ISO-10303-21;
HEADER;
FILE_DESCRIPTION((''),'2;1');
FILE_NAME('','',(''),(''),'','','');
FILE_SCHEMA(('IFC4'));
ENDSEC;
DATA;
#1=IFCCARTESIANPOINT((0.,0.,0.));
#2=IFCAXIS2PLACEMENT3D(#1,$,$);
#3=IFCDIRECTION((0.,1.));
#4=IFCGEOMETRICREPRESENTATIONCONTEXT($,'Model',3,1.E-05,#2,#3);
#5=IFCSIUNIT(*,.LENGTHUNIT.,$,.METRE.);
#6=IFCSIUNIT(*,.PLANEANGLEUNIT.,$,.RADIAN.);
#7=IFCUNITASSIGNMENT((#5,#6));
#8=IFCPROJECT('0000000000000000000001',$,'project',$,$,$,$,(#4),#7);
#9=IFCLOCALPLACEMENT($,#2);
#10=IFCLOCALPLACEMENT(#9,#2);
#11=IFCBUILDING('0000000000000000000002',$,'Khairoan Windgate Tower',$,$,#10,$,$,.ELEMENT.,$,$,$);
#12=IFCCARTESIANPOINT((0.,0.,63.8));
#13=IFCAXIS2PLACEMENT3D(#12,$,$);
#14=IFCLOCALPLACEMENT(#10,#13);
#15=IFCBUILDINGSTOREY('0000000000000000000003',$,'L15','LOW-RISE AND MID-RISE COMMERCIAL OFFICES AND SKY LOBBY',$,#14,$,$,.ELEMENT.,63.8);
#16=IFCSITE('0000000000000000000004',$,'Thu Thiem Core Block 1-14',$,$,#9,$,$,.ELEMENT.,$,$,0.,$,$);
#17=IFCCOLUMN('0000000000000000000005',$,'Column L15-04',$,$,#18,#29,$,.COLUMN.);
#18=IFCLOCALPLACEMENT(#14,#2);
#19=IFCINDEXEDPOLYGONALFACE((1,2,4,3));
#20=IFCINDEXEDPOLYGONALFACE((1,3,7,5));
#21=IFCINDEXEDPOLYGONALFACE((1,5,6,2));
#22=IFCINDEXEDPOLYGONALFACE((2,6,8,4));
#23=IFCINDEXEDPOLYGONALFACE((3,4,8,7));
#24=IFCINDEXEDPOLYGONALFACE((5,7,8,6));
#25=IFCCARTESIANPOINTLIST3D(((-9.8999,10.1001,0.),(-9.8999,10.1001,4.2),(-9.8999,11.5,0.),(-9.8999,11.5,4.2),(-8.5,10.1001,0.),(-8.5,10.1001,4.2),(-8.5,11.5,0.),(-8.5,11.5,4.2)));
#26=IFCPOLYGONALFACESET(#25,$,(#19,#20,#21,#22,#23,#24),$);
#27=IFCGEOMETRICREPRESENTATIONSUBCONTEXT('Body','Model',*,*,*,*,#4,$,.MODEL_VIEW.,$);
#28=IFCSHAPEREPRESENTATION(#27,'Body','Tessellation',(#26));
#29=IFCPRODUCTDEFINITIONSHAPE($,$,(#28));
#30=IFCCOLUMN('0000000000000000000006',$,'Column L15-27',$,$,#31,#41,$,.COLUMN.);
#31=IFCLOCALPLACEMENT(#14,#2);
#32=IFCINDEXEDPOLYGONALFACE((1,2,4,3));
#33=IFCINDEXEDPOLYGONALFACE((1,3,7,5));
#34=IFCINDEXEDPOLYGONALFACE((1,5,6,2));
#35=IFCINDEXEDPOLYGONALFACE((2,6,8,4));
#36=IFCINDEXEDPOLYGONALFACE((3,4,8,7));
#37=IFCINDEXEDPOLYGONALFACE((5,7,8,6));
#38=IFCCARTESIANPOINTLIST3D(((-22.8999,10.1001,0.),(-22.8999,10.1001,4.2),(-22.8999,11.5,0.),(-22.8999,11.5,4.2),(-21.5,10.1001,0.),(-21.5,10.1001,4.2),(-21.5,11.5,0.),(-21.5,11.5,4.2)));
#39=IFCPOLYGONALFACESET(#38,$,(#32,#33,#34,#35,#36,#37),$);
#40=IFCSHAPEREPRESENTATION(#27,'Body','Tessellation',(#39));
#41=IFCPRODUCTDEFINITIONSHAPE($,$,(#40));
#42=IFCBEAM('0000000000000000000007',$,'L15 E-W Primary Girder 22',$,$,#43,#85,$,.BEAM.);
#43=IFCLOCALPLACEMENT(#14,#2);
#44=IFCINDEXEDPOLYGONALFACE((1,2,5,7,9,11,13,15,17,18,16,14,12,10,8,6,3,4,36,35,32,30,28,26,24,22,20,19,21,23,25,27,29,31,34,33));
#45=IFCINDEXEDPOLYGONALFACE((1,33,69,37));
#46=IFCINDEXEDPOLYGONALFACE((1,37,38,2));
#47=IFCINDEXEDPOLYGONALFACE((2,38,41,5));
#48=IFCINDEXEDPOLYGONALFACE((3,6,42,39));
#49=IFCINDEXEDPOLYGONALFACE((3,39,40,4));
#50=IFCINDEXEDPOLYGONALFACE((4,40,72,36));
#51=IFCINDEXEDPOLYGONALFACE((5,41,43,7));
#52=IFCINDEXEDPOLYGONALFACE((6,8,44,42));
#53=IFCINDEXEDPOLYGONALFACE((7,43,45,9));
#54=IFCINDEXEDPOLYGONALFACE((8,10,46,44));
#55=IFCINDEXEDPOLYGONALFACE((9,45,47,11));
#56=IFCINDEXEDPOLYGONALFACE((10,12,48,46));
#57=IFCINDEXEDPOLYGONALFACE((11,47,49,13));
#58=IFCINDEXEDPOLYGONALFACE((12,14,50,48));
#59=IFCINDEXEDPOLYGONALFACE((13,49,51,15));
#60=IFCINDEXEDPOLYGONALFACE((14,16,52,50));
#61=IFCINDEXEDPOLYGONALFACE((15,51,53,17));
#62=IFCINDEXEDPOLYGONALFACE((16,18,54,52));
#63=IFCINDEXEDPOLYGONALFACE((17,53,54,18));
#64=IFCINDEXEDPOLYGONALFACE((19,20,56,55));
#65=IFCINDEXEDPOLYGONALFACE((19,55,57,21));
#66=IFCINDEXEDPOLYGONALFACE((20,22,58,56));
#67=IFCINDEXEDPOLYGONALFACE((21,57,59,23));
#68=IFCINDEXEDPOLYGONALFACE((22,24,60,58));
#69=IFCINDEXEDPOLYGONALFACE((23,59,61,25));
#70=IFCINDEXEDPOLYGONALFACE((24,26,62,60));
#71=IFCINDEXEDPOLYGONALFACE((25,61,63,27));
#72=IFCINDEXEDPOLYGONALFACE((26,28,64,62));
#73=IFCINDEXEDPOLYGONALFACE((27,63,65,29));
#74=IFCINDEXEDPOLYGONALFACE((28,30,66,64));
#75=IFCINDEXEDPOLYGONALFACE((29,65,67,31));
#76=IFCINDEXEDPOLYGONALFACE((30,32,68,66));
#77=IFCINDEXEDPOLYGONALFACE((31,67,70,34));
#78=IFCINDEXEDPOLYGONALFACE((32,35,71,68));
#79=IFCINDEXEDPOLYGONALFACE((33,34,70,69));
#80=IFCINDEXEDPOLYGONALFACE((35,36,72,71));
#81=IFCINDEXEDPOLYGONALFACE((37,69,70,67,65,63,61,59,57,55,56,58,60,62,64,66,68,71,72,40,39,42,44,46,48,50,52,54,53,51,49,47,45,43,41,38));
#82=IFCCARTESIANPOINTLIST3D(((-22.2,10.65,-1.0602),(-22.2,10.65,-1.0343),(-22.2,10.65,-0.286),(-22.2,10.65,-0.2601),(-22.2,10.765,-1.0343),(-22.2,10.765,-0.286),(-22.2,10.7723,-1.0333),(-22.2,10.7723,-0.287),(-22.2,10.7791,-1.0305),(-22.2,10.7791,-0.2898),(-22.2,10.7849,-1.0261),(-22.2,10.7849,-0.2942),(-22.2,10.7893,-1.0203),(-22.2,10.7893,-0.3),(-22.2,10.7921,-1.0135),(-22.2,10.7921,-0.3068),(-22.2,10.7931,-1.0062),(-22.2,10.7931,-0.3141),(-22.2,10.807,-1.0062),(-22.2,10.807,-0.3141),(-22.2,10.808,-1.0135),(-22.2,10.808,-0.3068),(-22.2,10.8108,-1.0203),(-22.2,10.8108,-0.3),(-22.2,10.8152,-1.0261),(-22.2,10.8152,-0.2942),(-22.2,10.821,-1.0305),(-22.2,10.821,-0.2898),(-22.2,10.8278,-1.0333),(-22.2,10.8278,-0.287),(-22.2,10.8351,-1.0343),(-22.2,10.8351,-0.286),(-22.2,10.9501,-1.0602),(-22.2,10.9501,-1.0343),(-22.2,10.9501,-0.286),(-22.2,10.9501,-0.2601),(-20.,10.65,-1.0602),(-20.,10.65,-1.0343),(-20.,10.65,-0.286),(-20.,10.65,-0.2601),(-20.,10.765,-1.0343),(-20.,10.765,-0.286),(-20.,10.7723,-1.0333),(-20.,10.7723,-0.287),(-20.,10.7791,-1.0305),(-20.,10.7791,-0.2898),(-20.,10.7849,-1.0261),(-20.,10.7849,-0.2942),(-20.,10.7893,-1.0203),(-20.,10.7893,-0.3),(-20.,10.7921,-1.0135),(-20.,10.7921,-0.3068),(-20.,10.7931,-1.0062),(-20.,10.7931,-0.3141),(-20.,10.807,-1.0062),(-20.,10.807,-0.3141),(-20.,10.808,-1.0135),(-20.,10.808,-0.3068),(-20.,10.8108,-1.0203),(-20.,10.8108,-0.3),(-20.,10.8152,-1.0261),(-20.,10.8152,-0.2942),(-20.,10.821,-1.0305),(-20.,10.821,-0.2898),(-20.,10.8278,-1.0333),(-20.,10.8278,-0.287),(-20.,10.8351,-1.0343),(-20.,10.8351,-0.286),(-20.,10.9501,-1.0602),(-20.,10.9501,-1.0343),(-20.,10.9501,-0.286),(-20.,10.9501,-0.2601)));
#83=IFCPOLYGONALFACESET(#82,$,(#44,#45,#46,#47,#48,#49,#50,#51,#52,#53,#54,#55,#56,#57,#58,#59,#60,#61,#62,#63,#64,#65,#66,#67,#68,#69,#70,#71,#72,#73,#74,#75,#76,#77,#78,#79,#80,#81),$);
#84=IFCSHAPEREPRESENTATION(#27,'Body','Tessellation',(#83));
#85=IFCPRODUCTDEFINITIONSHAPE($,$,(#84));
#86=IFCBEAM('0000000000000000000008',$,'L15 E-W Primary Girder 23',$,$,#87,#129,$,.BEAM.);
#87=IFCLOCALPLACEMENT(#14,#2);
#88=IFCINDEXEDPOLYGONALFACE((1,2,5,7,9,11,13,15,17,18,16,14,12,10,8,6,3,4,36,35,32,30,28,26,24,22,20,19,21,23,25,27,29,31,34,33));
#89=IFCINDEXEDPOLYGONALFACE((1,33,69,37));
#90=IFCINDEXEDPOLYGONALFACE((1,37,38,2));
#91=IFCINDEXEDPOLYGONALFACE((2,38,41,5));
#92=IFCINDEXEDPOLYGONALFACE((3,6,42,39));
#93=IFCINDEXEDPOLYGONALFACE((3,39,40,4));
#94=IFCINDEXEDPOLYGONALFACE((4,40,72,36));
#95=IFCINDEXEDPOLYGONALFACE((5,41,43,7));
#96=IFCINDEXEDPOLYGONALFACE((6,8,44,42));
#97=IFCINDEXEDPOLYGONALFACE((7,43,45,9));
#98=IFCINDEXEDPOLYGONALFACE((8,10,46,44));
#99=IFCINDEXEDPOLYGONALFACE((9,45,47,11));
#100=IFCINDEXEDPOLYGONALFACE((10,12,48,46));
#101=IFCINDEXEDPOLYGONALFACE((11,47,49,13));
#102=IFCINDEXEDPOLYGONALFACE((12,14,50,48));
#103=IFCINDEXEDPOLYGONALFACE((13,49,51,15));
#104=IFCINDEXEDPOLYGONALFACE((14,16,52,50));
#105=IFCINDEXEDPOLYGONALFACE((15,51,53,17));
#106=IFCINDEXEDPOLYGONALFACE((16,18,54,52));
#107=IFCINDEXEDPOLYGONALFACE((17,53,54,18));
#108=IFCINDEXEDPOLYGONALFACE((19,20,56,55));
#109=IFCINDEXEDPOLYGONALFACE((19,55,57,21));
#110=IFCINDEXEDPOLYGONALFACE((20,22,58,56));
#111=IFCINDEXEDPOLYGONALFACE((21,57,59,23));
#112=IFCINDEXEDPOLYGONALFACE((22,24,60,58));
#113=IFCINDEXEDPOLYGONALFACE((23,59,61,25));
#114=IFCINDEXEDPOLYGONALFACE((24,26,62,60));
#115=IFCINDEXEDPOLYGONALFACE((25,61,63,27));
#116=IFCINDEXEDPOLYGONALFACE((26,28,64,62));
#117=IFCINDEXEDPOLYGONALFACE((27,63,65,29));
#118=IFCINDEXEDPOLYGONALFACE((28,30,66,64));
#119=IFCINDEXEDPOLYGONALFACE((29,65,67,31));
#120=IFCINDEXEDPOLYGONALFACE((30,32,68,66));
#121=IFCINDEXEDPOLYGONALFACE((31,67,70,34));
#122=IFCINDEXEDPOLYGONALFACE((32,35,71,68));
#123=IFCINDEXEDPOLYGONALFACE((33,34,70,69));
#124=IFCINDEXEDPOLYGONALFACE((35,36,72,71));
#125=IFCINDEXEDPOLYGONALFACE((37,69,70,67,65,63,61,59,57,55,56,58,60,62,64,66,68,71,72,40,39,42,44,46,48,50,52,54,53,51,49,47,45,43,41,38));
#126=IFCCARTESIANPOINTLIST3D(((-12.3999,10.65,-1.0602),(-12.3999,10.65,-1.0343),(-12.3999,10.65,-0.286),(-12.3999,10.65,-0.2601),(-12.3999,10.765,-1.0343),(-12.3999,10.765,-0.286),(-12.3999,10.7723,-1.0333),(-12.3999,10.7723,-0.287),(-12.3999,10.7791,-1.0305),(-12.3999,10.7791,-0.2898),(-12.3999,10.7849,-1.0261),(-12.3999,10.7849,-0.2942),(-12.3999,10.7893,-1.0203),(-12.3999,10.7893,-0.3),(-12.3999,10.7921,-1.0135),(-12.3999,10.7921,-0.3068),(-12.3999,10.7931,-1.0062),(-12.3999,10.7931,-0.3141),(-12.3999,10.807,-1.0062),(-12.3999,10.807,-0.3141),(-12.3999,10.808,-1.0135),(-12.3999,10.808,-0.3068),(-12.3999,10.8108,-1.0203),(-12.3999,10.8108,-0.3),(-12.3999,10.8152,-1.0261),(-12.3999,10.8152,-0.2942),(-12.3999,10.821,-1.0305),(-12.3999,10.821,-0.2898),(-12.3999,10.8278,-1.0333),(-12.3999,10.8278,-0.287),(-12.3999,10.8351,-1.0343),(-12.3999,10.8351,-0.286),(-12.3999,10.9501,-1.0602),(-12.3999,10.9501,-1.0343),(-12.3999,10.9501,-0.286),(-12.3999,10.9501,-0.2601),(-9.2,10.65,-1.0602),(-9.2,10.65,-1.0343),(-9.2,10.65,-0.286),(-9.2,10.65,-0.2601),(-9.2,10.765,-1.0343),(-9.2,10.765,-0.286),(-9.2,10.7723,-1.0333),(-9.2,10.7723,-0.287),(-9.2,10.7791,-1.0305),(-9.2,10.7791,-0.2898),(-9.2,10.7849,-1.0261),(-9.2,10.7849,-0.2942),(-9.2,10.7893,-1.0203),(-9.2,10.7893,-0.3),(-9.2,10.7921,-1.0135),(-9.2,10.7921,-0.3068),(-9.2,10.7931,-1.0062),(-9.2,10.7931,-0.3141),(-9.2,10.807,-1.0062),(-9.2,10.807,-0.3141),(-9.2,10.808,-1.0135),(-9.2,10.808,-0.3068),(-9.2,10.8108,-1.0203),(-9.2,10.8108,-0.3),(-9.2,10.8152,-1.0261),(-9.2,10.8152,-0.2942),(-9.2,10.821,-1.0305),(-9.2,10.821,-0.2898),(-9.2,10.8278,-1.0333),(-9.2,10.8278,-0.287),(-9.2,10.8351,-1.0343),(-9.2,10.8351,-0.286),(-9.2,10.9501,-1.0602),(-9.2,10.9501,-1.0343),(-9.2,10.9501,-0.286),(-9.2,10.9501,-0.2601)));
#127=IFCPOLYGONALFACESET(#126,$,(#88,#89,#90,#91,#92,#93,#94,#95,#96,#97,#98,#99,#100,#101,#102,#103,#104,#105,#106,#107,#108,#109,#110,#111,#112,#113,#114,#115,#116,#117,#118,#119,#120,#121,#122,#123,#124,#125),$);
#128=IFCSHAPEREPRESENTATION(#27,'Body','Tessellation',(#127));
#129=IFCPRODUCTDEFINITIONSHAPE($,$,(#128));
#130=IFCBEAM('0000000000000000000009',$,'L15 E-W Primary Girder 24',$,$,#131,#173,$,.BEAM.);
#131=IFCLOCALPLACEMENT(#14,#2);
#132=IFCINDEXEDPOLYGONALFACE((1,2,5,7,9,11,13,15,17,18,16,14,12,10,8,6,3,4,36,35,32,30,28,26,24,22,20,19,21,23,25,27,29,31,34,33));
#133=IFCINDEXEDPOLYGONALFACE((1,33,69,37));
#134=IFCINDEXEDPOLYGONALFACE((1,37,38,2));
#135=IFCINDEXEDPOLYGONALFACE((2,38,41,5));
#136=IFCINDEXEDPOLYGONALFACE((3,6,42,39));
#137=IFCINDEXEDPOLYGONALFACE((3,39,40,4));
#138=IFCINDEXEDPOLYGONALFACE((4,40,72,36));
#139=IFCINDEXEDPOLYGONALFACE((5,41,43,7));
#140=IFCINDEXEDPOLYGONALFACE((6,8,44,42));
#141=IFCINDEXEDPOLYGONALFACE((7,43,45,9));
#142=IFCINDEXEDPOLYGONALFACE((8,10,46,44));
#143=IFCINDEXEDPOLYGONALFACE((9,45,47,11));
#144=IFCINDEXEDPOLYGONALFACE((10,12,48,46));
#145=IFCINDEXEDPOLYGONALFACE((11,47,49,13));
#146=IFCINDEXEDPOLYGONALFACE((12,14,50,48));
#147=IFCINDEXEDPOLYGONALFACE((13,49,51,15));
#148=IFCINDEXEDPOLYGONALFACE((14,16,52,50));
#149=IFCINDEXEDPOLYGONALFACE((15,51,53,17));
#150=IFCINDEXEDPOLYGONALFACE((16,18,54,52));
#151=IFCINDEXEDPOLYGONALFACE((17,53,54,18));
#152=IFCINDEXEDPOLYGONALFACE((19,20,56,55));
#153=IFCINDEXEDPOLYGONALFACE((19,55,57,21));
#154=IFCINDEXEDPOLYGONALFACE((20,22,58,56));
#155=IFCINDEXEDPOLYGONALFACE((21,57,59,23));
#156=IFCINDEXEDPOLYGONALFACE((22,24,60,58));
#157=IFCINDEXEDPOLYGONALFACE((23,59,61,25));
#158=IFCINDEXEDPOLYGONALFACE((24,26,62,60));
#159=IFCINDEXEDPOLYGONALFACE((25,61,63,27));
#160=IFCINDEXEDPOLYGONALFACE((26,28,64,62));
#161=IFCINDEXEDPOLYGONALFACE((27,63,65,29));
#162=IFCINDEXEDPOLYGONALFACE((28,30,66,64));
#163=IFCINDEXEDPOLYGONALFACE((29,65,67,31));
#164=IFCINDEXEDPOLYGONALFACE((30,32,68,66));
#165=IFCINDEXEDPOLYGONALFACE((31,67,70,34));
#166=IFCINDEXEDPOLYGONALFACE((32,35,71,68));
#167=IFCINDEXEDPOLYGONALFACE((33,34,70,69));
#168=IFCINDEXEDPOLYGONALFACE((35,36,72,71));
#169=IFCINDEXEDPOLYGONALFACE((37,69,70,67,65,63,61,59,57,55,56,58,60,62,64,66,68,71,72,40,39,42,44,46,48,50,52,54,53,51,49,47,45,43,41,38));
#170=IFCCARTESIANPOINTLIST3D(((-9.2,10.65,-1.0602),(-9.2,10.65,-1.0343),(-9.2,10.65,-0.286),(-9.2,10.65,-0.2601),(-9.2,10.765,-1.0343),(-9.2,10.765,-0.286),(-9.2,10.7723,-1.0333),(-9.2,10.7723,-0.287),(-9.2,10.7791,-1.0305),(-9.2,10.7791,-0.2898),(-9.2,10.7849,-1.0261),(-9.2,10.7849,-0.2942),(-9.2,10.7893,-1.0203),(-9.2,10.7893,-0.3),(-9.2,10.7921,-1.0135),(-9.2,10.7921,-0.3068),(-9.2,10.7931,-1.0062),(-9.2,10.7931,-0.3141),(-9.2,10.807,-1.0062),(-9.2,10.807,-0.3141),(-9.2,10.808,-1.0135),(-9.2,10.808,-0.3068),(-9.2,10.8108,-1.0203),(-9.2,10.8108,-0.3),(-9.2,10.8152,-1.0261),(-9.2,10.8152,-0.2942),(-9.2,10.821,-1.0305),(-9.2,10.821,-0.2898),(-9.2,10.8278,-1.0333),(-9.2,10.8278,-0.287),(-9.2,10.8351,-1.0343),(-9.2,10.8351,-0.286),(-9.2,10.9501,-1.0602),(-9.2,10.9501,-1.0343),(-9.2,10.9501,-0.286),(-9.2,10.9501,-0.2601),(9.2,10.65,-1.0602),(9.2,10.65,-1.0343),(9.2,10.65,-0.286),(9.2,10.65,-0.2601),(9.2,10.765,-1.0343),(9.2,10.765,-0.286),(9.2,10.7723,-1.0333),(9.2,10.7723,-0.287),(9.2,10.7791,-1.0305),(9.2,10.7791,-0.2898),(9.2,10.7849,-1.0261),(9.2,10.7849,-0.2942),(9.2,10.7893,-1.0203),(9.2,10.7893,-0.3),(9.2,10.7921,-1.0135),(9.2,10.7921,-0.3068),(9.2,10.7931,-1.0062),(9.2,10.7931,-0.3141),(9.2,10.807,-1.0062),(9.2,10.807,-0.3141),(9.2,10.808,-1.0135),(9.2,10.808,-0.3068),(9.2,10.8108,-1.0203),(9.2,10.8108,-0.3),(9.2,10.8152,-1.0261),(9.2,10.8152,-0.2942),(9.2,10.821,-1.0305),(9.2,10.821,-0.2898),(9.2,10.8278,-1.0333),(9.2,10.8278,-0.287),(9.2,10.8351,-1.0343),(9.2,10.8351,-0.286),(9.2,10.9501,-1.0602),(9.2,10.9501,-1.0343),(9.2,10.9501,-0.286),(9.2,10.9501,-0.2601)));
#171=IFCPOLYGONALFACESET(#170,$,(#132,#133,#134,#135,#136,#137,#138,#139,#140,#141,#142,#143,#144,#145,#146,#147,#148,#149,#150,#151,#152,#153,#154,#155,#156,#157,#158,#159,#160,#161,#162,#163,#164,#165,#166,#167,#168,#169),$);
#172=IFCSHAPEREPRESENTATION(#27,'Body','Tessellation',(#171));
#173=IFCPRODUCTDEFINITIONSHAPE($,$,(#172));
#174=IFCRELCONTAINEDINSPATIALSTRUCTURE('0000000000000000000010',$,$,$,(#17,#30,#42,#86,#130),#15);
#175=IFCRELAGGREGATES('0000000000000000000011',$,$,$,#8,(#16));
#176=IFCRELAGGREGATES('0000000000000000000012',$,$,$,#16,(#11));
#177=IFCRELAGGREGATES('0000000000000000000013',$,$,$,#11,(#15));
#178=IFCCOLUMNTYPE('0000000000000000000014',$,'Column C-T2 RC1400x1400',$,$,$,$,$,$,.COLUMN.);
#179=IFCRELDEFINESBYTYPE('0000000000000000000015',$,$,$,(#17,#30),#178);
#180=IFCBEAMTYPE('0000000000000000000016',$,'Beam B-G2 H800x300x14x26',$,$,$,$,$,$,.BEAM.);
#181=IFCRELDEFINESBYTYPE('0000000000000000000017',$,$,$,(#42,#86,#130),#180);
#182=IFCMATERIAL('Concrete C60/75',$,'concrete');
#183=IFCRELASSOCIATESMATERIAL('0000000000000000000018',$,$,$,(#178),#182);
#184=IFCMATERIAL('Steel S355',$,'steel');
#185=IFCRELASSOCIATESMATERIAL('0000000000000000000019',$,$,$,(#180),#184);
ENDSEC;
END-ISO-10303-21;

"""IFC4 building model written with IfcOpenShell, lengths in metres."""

from ifc_helpers import new_model, si_unit, direction, frame, origin, origin_2d, place, context, subcontext, project, spatial, rectangle, i_section, extrude, material, material_profile, profile_set, type_object, element, save


model = new_model("IFC4")

# Units and contexts
model_context = context("Model", 3, precision=1e-05, world=origin(), true_north=direction((0.0, 1.0)))
body_context = subcontext(model_context, "Body", "Model", "MODEL_VIEW")
ifc_project = project(units=[si_unit("LENGTHUNIT", "METRE"), si_unit("PLANEANGLEUNIT", "RADIAN")], contexts=[model_context])

# Site, building, storey
site_placement = place(None, origin())
site = spatial("IfcSite", under=ifc_project, at=site_placement, Name="Thu Thiem Core Block 1-14", CompositionType="ELEMENT", RefElevation=0.0)
building_placement = place(site_placement, origin())
building = spatial("IfcBuilding", under=site, at=building_placement, Name="Khairoan Windgate Tower", CompositionType="ELEMENT")
storey_placement = place(building_placement, frame((0.0, 0.0, 63.8)))
storey = spatial("IfcBuildingStorey", under=building, at=storey_placement, Name="L15", Description="LOW-RISE AND MID-RISE COMMERCIAL OFFICES AND SKY LOBBY", CompositionType="ELEMENT", Elevation=63.8)

# Columns
ifc_material_1 = material(Name="Concrete C60/75", Category="concrete")
ifc_material_profile_1 = material_profile(ifc_material_1, rectangle(XDim=1.3999, YDim=1.3999, at=origin_2d()))
ifc_profile_set_1 = profile_set([ifc_material_profile_1], Name="Concrete C60/75")
column_type = type_object("IfcColumnType", Name="Column C-T2 RC1400x1400", PredefinedType="COLUMN", material=ifc_profile_set_1)
for number, where, z_axis, x_axis, name in (
    (1, (-9.2, 10.8, 0.0), (0.0, 0.0, 1.0), (1.0, 0.0, 0.0), "Column L15-04"),
    (2, (-22.2, 10.8, 0.0), (0.0, 0.0, 1.0), (1.0, 0.0, 0.0), "Column L15-27"),
):
    element("IfcColumn", number, at=place(storey_placement, frame(where, z_axis=z_axis, x_axis=x_axis)), inside=storey, type_object=column_type, Name=name, PredefinedType="COLUMN", context=body_context, shape_type="SweptSolid", body=[
        extrude(rectangle(XDim=1.3999, YDim=1.3999, at=origin_2d()), origin(), (0.0, 0.0, 1.0), 4.2),
    ])

# Beams
ifc_material_2 = material(Name="Steel S355", Category="steel")
ifc_material_profile_2 = material_profile(ifc_material_2, i_section(OverallWidth=0.3, OverallDepth=0.8, WebThickness=0.0139, FlangeThickness=0.0259, FilletRadius=0.0281, at=origin_2d()))
ifc_profile_set_2 = profile_set([ifc_material_profile_2], Name="Steel S355")
beam_type = type_object("IfcBeamType", Name="Beam B-G2 H800x300x14x26", PredefinedType="BEAM", material=ifc_profile_set_2)
beam_1_placement = place(storey_placement, frame((-22.2, 10.8, -0.6602), z_axis=(1.0, 0.0, 0.0), x_axis=(0.0, 1.0, 0.0)))
element("IfcBeam", 3, at=beam_1_placement, inside=storey, type_object=beam_type, Name="L15 E-W Primary Girder 22", PredefinedType="BEAM", context=body_context, shape_type="SweptSolid", body=[
    extrude(i_section(OverallWidth=0.3, OverallDepth=0.8, WebThickness=0.0139, FlangeThickness=0.0259, FilletRadius=0.0281, at=origin_2d()), origin(), (0.0, 0.0, 1.0), 2.2),
])
beam_2_placement = place(storey_placement, frame((-12.3999, 10.8, -0.6602), z_axis=(1.0, 0.0, 0.0), x_axis=(0.0, 1.0, 0.0)))
element("IfcBeam", 4, at=beam_2_placement, inside=storey, type_object=beam_type, Name="L15 E-W Primary Girder 23", PredefinedType="BEAM", context=body_context, shape_type="SweptSolid", body=[
    extrude(i_section(OverallWidth=0.3, OverallDepth=0.8, WebThickness=0.0139, FlangeThickness=0.0259, FilletRadius=0.0281, at=origin_2d()), origin(), (0.0, 0.0, 1.0), 3.2),
])
beam_3_placement = place(storey_placement, frame((-9.2, 10.8, -0.6602), z_axis=(1.0, 0.0, 0.0), x_axis=(0.0, 1.0, 0.0)))
element("IfcBeam", 5, at=beam_3_placement, inside=storey, type_object=beam_type, Name="L15 E-W Primary Girder 24", PredefinedType="BEAM", context=body_context, shape_type="SweptSolid", body=[
    extrude(i_section(OverallWidth=0.3, OverallDepth=0.8, WebThickness=0.0139, FlangeThickness=0.0259, FilletRadius=0.0281, at=origin_2d()), origin(), (0.0, 0.0, 1.0), 18.3999),
])

save(model, "model.ifc")
